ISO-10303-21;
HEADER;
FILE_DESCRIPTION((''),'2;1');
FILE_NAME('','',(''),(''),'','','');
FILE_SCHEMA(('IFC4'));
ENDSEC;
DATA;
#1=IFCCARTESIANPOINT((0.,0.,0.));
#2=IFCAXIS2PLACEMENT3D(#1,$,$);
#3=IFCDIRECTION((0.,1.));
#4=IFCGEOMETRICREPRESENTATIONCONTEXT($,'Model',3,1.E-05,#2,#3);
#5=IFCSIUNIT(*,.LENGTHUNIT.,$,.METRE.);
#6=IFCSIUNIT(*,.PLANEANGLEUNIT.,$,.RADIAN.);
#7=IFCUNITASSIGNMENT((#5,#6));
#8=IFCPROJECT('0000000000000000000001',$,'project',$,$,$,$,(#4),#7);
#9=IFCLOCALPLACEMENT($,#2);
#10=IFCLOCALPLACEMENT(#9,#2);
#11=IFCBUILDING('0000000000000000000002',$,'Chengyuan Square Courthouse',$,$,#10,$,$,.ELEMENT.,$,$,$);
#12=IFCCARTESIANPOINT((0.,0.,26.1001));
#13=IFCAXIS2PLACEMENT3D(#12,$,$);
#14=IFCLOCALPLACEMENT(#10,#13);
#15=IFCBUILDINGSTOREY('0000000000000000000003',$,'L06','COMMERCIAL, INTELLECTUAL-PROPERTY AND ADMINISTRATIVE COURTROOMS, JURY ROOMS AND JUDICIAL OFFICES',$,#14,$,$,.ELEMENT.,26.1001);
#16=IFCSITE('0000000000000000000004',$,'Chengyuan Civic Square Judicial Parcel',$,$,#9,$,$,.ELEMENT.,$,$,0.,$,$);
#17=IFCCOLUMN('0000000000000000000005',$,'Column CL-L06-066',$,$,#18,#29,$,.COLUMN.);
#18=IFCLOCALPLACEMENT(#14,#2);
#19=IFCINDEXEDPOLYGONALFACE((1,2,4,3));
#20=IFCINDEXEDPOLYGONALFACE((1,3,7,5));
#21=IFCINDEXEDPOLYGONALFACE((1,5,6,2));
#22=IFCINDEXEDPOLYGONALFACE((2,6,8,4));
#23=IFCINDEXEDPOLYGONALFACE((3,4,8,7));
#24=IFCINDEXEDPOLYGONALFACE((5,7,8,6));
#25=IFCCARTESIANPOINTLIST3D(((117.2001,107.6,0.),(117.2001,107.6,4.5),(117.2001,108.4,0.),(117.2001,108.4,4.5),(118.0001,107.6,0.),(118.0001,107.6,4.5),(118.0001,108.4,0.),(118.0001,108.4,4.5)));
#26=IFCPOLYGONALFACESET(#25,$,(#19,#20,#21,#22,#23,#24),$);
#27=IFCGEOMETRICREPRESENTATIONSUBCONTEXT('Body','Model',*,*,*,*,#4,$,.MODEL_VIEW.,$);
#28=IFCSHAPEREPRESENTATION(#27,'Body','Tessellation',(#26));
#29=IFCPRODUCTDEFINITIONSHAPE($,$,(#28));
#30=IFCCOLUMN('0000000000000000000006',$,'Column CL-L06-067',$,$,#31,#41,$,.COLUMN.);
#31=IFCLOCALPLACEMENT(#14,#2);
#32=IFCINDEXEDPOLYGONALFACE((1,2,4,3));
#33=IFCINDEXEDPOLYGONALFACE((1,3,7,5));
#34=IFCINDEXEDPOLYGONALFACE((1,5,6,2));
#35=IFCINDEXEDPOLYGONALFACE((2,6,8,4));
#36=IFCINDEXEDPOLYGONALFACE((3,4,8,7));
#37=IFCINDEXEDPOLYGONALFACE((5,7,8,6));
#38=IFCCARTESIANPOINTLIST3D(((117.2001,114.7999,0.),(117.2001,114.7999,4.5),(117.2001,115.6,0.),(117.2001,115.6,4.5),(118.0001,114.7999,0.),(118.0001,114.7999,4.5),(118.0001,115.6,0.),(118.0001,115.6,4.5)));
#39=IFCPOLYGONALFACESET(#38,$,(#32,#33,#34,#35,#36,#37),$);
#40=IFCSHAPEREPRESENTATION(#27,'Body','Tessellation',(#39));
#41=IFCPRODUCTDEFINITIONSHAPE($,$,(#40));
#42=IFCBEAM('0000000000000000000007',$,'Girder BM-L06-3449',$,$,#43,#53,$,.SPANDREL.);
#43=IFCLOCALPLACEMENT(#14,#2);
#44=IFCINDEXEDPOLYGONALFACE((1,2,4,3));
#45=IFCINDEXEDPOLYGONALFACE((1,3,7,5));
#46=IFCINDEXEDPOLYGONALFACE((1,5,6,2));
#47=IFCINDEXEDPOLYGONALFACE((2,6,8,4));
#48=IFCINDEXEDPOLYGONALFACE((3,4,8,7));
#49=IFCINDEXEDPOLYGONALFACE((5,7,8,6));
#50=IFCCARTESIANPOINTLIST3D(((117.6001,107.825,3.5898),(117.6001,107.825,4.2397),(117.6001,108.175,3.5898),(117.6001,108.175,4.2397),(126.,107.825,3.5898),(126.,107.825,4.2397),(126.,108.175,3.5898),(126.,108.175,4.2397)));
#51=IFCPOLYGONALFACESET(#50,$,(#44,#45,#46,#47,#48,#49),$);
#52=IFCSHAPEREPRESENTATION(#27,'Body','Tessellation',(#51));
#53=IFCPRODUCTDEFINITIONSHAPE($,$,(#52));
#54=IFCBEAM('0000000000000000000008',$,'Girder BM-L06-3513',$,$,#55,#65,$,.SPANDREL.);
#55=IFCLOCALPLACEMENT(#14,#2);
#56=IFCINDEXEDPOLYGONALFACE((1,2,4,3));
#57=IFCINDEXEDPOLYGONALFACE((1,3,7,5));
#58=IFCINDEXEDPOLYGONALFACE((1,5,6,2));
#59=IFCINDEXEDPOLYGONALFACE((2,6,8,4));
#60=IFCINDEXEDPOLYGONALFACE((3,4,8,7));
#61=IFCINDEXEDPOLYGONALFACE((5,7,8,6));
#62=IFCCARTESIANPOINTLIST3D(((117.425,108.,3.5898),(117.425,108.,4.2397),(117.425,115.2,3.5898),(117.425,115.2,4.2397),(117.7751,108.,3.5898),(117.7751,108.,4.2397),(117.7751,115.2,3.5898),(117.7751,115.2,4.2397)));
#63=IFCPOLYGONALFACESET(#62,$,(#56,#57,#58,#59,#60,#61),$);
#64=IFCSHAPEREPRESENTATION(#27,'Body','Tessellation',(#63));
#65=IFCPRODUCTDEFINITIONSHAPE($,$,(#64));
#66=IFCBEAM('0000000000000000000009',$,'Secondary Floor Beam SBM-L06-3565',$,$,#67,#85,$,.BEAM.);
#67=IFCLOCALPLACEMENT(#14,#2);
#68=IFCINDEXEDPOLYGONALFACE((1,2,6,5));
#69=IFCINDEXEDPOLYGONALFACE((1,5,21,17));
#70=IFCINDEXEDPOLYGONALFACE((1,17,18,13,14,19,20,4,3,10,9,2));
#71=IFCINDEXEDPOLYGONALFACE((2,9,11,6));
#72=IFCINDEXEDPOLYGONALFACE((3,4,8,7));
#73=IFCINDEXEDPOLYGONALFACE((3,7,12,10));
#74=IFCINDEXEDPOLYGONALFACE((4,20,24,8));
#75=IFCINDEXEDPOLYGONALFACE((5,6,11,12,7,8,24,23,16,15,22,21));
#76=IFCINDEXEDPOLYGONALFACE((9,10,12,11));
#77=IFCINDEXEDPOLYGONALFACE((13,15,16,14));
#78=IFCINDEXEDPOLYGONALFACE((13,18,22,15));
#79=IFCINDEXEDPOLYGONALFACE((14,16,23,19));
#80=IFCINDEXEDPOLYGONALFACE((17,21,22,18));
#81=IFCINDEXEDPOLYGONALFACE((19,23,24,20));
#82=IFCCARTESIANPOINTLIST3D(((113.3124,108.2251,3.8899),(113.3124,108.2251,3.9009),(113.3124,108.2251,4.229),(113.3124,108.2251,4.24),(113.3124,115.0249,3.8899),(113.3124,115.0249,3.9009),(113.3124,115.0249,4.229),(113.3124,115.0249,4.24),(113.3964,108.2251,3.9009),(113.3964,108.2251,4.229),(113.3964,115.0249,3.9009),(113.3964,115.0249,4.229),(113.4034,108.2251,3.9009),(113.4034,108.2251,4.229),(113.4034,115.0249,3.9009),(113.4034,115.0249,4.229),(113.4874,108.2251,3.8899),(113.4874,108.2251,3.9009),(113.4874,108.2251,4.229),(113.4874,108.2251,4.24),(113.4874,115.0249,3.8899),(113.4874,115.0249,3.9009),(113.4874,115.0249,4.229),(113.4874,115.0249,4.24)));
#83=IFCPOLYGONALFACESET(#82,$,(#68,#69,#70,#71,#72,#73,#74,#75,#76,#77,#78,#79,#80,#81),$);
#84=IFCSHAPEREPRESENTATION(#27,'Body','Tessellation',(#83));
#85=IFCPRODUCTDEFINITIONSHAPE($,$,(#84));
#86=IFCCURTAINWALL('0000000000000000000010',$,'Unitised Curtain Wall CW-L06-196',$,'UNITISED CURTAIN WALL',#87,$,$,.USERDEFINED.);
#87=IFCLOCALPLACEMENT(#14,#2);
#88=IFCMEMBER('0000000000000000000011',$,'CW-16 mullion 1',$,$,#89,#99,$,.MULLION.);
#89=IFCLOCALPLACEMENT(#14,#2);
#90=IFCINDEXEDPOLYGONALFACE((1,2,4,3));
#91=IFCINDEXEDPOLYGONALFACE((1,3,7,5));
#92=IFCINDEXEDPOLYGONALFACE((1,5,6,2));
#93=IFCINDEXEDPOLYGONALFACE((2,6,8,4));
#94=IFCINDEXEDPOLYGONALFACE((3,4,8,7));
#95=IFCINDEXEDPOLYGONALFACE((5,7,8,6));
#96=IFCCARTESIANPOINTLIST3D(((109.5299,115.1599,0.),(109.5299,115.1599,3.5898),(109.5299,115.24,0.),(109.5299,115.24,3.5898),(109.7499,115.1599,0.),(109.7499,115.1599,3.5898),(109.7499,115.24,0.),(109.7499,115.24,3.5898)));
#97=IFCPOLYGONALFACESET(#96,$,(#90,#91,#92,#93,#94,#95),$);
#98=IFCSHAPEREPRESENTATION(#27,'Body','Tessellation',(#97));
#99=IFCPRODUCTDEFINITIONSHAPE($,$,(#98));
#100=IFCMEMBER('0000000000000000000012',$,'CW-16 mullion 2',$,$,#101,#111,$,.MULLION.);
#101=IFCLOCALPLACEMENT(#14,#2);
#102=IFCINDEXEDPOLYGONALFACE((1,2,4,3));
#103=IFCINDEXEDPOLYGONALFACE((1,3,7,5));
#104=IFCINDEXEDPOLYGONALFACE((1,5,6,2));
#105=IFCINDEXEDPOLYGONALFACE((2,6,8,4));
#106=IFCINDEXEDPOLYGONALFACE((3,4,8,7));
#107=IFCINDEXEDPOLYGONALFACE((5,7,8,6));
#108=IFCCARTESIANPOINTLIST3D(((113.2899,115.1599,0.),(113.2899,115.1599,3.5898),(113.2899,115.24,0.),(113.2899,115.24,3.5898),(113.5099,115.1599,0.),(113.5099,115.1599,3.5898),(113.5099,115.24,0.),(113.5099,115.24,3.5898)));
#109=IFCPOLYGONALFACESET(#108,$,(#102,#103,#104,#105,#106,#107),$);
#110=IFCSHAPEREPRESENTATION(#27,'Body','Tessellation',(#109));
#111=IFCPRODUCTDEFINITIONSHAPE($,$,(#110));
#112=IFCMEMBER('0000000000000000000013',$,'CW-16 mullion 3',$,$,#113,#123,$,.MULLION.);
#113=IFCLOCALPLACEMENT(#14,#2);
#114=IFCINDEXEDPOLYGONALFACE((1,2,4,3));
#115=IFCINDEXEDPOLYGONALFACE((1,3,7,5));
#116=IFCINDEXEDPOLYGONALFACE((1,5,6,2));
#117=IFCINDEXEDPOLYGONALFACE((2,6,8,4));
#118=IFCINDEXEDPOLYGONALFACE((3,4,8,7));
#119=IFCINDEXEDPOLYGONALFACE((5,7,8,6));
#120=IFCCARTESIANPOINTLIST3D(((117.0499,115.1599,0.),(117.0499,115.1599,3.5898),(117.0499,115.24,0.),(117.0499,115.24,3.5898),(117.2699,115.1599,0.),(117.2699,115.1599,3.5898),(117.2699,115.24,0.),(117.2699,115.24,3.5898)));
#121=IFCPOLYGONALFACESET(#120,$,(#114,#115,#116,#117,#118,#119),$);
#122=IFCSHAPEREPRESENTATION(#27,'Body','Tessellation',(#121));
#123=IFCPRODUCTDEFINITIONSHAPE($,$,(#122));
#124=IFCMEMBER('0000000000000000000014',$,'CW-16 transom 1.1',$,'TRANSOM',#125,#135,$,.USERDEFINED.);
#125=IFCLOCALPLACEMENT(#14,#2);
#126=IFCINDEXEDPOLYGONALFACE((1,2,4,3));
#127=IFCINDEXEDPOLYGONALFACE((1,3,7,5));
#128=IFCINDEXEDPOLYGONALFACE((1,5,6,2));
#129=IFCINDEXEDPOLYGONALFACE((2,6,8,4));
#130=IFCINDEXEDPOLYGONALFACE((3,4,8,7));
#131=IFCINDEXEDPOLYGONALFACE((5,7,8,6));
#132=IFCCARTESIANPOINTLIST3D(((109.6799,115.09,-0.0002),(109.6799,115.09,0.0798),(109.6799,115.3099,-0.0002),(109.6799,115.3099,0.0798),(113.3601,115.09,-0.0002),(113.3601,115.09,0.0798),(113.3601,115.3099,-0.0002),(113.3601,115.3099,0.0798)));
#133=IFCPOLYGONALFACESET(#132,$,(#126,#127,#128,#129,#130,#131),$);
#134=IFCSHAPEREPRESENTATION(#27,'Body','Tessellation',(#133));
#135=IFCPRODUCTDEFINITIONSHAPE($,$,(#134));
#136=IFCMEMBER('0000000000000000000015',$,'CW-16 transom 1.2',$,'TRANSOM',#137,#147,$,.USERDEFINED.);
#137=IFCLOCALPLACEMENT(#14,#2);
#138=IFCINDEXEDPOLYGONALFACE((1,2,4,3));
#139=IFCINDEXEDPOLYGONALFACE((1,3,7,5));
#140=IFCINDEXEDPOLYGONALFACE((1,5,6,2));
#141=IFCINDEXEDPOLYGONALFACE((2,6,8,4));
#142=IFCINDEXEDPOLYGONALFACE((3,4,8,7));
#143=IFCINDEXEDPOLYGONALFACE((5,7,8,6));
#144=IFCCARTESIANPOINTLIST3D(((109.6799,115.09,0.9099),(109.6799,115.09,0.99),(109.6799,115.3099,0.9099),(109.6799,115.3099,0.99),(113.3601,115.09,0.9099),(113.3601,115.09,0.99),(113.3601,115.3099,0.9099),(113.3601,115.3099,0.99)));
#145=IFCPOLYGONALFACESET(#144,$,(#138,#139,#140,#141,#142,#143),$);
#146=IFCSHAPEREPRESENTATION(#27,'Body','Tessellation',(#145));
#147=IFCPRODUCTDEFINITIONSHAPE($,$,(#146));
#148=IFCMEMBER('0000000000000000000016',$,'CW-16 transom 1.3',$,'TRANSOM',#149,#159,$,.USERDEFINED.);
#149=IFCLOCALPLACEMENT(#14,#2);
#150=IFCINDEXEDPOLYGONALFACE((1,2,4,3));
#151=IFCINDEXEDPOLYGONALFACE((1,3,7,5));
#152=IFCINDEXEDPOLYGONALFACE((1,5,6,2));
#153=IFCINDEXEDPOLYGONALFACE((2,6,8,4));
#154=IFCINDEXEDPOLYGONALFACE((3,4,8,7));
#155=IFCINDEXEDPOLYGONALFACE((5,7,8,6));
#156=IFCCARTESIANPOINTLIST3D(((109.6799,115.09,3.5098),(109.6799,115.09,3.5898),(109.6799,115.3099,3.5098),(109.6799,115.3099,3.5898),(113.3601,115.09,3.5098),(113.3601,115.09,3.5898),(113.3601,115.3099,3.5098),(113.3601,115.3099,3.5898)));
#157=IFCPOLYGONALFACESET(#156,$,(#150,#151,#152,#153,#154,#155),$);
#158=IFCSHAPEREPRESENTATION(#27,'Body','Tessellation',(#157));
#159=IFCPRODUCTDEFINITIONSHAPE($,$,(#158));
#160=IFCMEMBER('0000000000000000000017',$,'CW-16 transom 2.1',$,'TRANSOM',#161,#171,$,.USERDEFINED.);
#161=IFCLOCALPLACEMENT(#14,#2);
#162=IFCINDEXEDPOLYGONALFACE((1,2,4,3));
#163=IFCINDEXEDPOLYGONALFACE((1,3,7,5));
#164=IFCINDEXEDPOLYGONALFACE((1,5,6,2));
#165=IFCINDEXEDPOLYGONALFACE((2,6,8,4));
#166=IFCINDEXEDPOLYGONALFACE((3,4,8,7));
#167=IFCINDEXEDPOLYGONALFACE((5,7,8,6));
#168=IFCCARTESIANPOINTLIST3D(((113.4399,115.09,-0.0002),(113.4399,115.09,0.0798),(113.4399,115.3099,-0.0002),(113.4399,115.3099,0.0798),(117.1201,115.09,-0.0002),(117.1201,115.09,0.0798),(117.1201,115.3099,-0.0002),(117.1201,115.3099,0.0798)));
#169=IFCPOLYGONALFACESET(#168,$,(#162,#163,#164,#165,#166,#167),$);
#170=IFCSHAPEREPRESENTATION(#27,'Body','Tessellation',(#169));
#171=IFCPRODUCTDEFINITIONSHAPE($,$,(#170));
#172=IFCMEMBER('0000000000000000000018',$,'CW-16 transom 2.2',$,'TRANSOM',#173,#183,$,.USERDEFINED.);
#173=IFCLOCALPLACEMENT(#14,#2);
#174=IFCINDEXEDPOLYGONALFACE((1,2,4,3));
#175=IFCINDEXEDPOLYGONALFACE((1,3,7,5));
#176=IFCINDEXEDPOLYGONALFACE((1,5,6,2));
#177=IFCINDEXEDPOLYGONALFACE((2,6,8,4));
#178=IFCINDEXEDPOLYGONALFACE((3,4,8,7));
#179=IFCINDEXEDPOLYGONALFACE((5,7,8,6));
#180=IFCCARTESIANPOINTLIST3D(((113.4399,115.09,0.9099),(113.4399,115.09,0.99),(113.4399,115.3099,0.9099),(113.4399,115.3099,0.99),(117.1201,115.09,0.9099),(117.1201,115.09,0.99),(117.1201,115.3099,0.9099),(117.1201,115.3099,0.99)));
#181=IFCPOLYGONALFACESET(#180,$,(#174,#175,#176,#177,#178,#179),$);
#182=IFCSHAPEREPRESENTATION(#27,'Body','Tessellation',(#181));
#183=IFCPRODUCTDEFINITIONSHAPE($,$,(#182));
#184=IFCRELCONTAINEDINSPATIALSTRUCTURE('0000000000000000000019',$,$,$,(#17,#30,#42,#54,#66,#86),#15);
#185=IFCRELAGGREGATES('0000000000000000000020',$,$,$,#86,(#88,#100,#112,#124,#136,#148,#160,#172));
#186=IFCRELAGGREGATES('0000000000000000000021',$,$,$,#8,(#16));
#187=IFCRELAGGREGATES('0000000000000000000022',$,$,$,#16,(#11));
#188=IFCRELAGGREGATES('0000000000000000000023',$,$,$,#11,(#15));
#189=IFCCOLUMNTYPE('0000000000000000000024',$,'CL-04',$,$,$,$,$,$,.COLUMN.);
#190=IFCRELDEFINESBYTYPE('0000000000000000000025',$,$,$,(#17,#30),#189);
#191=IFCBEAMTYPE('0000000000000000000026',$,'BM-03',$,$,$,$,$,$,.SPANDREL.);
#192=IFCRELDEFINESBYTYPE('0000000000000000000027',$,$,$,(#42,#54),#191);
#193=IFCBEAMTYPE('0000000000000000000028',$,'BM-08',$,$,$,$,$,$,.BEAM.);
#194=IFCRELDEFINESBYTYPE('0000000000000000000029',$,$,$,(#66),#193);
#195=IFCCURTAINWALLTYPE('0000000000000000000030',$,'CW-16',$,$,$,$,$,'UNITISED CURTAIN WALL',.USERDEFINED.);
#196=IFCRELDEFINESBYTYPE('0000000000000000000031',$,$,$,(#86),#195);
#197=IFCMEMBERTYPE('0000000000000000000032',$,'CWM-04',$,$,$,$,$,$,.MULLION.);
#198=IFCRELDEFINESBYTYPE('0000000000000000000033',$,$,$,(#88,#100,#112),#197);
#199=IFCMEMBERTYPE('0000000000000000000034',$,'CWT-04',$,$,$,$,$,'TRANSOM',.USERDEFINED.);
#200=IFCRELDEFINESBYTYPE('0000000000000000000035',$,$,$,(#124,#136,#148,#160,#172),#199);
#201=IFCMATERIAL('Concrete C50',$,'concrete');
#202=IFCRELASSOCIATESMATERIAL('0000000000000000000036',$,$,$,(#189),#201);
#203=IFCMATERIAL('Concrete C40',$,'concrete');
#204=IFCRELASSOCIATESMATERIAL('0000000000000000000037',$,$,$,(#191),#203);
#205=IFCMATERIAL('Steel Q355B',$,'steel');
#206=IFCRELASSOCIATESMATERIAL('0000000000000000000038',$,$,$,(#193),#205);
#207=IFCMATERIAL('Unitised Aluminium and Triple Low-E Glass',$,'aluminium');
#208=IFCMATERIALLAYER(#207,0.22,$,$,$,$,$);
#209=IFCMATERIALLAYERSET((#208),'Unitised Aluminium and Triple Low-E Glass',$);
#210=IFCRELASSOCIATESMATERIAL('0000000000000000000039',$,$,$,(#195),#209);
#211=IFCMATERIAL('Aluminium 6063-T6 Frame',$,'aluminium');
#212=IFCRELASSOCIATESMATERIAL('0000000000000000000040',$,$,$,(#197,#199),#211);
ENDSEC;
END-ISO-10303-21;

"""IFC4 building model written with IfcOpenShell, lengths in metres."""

from ifc_helpers import new_model, si_unit, direction, frame, origin, origin_2d, place, context, subcontext, project, spatial, rectangle, i_section, extrude, material, layer, layer_set, material_profile, profile_set, type_object, element, aggregate, save


model = new_model("IFC4")

# Units and contexts
model_context = context("Model", 3, precision=1e-05, world=origin(), true_north=direction((0.0, 1.0)))
body_context = subcontext(model_context, "Body", "Model", "MODEL_VIEW")
ifc_project = project(units=[si_unit("LENGTHUNIT", "METRE"), si_unit("PLANEANGLEUNIT", "RADIAN")], contexts=[model_context])

# Site, building, storey
site_placement = place(None, origin())
site = spatial("IfcSite", under=ifc_project, at=site_placement, Name="Chengyuan Civic Square Judicial Parcel", CompositionType="ELEMENT", RefElevation=0.0)
building_placement = place(site_placement, origin())
building = spatial("IfcBuilding", under=site, at=building_placement, Name="Chengyuan Square Courthouse", CompositionType="ELEMENT")
storey_placement = place(building_placement, frame((0.0, 0.0, 26.1001)))
storey = spatial("IfcBuildingStorey", under=building, at=storey_placement, Name="L06", Description="COMMERCIAL, INTELLECTUAL-PROPERTY AND ADMINISTRATIVE COURTROOMS, JURY ROOMS AND JUDICIAL OFFICES", CompositionType="ELEMENT", Elevation=26.1001)

# Columns
ifc_material_1 = material(Name="Concrete C50", Category="concrete")
ifc_material_profile_1 = material_profile(ifc_material_1, rectangle(XDim=0.8, YDim=0.8, at=origin_2d()), Name="RC-COL-800x800")
ifc_profile_set_1 = profile_set([ifc_material_profile_1], Name="Concrete C50")
column_type = type_object("IfcColumnType", Name="CL-04", PredefinedType="COLUMN", material=ifc_profile_set_1)
for number, where, z_axis, x_axis, name in (
    (1, (117.6001, 108.0, 0.0), (0.0, 0.0, 1.0), (1.0, 0.0, 0.0), "Column CL-L06-066"),
    (2, (117.6001, 115.2, 0.0), (0.0, 0.0, 1.0), (1.0, 0.0, 0.0), "Column CL-L06-067"),
):
    element("IfcColumn", number, at=place(storey_placement, frame(where, z_axis=z_axis, x_axis=x_axis)), inside=storey, type_object=column_type, Name=name, PredefinedType="COLUMN", context=body_context, shape_type="SweptSolid", body=[
        extrude(rectangle(XDim=0.8, YDim=0.8, at=origin_2d()), origin(), (0.0, 0.0, 1.0), 4.5),
    ])

# Beams
ifc_material_2 = material(Name="Concrete C40", Category="concrete")
ifc_material_profile_2 = material_profile(ifc_material_2, rectangle(XDim=0.3501, YDim=0.6499, at=origin_2d()), Name="RC-BM-350x650")
ifc_profile_set_2 = profile_set([ifc_material_profile_2], Name="Concrete C40")
beam_type_1 = type_object("IfcBeamType", Name="BM-03", PredefinedType="SPANDREL", material=ifc_profile_set_2)
beam_1_placement = place(storey_placement, frame((117.6001, 108.0, 3.9148), z_axis=(1.0, 0.0, 0.0), x_axis=(0.0, 1.0, 0.0)))
element("IfcBeam", 3, at=beam_1_placement, inside=storey, type_object=beam_type_1, Name="Girder BM-L06-3449", PredefinedType="SPANDREL", context=body_context, shape_type="SweptSolid", body=[
    extrude(rectangle(XDim=0.3501, YDim=0.6499, at=origin_2d()), origin(), (0.0, 0.0, 1.0), 8.3999),
])
beam_2_placement = place(storey_placement, frame((117.6001, 108.0, 3.9148), z_axis=(0.0, 1.0, 0.0), x_axis=(-1.0, 0.0, 0.0)))
element("IfcBeam", 4, at=beam_2_placement, inside=storey, type_object=beam_type_1, Name="Girder BM-L06-3513", PredefinedType="SPANDREL", context=body_context, shape_type="SweptSolid", body=[
    extrude(rectangle(XDim=0.3501, YDim=0.6499, at=origin_2d()), origin(), (0.0, 0.0, 1.0), 7.2),
])
ifc_material_3 = material(Name="Steel Q355B", Category="steel")
ifc_material_profile_3 = material_profile(ifc_material_3, i_section(OverallWidth=0.175, OverallDepth=0.3501, WebThickness=0.0071, FlangeThickness=0.011, at=origin_2d()), Name="HN 350x175x7x11")
ifc_profile_set_3 = profile_set([ifc_material_profile_3], Name="Steel Q355B")
beam_type_2 = type_object("IfcBeamType", Name="BM-08", PredefinedType="BEAM", material=ifc_profile_set_3)
beam_3_placement = place(storey_placement, frame((113.3999, 108.2251, 4.0649), z_axis=(0.0, 1.0, 0.0), x_axis=(-1.0, 0.0, 0.0)))
element("IfcBeam", 5, at=beam_3_placement, inside=storey, type_object=beam_type_2, Name="Secondary Floor Beam SBM-L06-3565", PredefinedType="BEAM", context=body_context, shape_type="SweptSolid", body=[
    extrude(i_section(OverallWidth=0.175, OverallDepth=0.3501, WebThickness=0.0071, FlangeThickness=0.011, at=origin_2d()), origin(), (0.0, 0.0, 1.0), 6.7998),
])

# Curtain wall, members
ifc_material_4 = material(Name="Unitised Aluminium and Triple Low-E Glass", Category="aluminium")
ifc_layer_1 = layer(ifc_material_4, 0.22)
ifc_layer_set_1 = layer_set([ifc_layer_1], Name="Unitised Aluminium and Triple Low-E Glass")
curtain_wall_type = type_object("IfcCurtainWallType", Name="CW-16", ElementType="UNITISED CURTAIN WALL", PredefinedType="USERDEFINED", material=ifc_layer_set_1)
curtain_wall_placement = place(storey_placement, origin())
curtain_wall = element("IfcCurtainWall", 6, at=curtain_wall_placement, inside=storey, type_object=curtain_wall_type, Name="Unitised Curtain Wall CW-L06-196", ObjectType="UNITISED CURTAIN WALL", PredefinedType="USERDEFINED")
ifc_material_5 = material(Name="Aluminium 6063-T6 Frame", Category="aluminium")
ifc_material_profile_4 = material_profile(ifc_material_5, rectangle(XDim=0.0801, YDim=0.22, at=origin_2d()), Name="CW-MUL-80x220")
ifc_profile_set_4 = profile_set([ifc_material_profile_4], Name="Aluminium 6063-T6 Frame")
member_type_1 = type_object("IfcMemberType", Name="CWM-04", PredefinedType="MULLION", material=ifc_profile_set_4)
member_1_placement = place(storey_placement, frame((109.6399, 115.2, 0.0), z_axis=(0.0, 0.0, 1.0), x_axis=(0.0, 1.0, 0.0)))
member_1 = element("IfcMember", 7, at=member_1_placement, type_object=member_type_1, Name="CW-16 mullion 1", PredefinedType="MULLION", context=body_context, shape_type="SweptSolid", body=[
    extrude(rectangle(XDim=0.0801, YDim=0.22, at=origin_2d()), origin(), (0.0, 0.0, 1.0), 3.5898),
])
member_2_placement = place(storey_placement, frame((113.3999, 115.2, 0.0), z_axis=(0.0, 0.0, 1.0), x_axis=(0.0, 1.0, 0.0)))
member_2 = element("IfcMember", 8, at=member_2_placement, type_object=member_type_1, Name="CW-16 mullion 2", PredefinedType="MULLION", context=body_context, shape_type="SweptSolid", body=[
    extrude(rectangle(XDim=0.0801, YDim=0.22, at=origin_2d()), origin(), (0.0, 0.0, 1.0), 3.5898),
])
member_3_placement = place(storey_placement, frame((117.1599, 115.2, 0.0), z_axis=(0.0, 0.0, 1.0), x_axis=(0.0, 1.0, 0.0)))
member_3 = element("IfcMember", 9, at=member_3_placement, type_object=member_type_1, Name="CW-16 mullion 3", PredefinedType="MULLION", context=body_context, shape_type="SweptSolid", body=[
    extrude(rectangle(XDim=0.0801, YDim=0.22, at=origin_2d()), origin(), (0.0, 0.0, 1.0), 3.5898),
])
ifc_material_profile_5 = material_profile(ifc_material_5, rectangle(XDim=0.22, YDim=0.0801, at=origin_2d()), Name="CW-TRN-80x180")
ifc_profile_set_5 = profile_set([ifc_material_profile_5], Name="Aluminium 6063-T6 Frame")
member_type_2 = type_object("IfcMemberType", Name="CWT-04", ElementType="TRANSOM", PredefinedType="USERDEFINED", material=ifc_profile_set_5)
member_4_placement = place(storey_placement, frame((109.6799, 115.2, 0.0398), z_axis=(1.0, 0.0, 0.0), x_axis=(0.0, 1.0, 0.0)))
member_4 = element("IfcMember", 10, at=member_4_placement, type_object=member_type_2, Name="CW-16 transom 1.1", ObjectType="TRANSOM", PredefinedType="USERDEFINED", context=body_context, shape_type="SweptSolid", body=[
    extrude(rectangle(XDim=0.22, YDim=0.0801, at=origin_2d()), origin(), (0.0, 0.0, 1.0), 3.6802),
])
member_5_placement = place(storey_placement, frame((109.6799, 115.2, 0.95), z_axis=(1.0, 0.0, 0.0), x_axis=(0.0, 1.0, 0.0)))
member_5 = element("IfcMember", 11, at=member_5_placement, type_object=member_type_2, Name="CW-16 transom 1.2", ObjectType="TRANSOM", PredefinedType="USERDEFINED", context=body_context, shape_type="SweptSolid", body=[
    extrude(rectangle(XDim=0.22, YDim=0.0801, at=origin_2d()), origin(), (0.0, 0.0, 1.0), 3.6802),
])
member_6_placement = place(storey_placement, frame((109.6799, 115.2, 3.5498), z_axis=(1.0, 0.0, 0.0), x_axis=(0.0, 1.0, 0.0)))
member_6 = element("IfcMember", 12, at=member_6_placement, type_object=member_type_2, Name="CW-16 transom 1.3", ObjectType="TRANSOM", PredefinedType="USERDEFINED", context=body_context, shape_type="SweptSolid", body=[
    extrude(rectangle(XDim=0.22, YDim=0.0801, at=origin_2d()), origin(), (0.0, 0.0, 1.0), 3.6802),
])
member_7_placement = place(storey_placement, frame((113.4399, 115.2, 0.0398), z_axis=(1.0, 0.0, 0.0), x_axis=(0.0, 1.0, 0.0)))
member_7 = element("IfcMember", 13, at=member_7_placement, type_object=member_type_2, Name="CW-16 transom 2.1", ObjectType="TRANSOM", PredefinedType="USERDEFINED", context=body_context, shape_type="SweptSolid", body=[
    extrude(rectangle(XDim=0.22, YDim=0.0801, at=origin_2d()), origin(), (0.0, 0.0, 1.0), 3.6802),
])
member_8_placement = place(storey_placement, frame((113.4399, 115.2, 0.95), z_axis=(1.0, 0.0, 0.0), x_axis=(0.0, 1.0, 0.0)))
member_8 = element("IfcMember", 14, at=member_8_placement, type_object=member_type_2, Name="CW-16 transom 2.2", ObjectType="TRANSOM", PredefinedType="USERDEFINED", context=body_context, shape_type="SweptSolid", body=[
    extrude(rectangle(XDim=0.22, YDim=0.0801, at=origin_2d()), origin(), (0.0, 0.0, 1.0), 3.6802),
])
aggregate(curtain_wall, [member_1, member_2, member_3, member_4, member_5, member_6, member_7, member_8])

save(model, "model.ifc")
